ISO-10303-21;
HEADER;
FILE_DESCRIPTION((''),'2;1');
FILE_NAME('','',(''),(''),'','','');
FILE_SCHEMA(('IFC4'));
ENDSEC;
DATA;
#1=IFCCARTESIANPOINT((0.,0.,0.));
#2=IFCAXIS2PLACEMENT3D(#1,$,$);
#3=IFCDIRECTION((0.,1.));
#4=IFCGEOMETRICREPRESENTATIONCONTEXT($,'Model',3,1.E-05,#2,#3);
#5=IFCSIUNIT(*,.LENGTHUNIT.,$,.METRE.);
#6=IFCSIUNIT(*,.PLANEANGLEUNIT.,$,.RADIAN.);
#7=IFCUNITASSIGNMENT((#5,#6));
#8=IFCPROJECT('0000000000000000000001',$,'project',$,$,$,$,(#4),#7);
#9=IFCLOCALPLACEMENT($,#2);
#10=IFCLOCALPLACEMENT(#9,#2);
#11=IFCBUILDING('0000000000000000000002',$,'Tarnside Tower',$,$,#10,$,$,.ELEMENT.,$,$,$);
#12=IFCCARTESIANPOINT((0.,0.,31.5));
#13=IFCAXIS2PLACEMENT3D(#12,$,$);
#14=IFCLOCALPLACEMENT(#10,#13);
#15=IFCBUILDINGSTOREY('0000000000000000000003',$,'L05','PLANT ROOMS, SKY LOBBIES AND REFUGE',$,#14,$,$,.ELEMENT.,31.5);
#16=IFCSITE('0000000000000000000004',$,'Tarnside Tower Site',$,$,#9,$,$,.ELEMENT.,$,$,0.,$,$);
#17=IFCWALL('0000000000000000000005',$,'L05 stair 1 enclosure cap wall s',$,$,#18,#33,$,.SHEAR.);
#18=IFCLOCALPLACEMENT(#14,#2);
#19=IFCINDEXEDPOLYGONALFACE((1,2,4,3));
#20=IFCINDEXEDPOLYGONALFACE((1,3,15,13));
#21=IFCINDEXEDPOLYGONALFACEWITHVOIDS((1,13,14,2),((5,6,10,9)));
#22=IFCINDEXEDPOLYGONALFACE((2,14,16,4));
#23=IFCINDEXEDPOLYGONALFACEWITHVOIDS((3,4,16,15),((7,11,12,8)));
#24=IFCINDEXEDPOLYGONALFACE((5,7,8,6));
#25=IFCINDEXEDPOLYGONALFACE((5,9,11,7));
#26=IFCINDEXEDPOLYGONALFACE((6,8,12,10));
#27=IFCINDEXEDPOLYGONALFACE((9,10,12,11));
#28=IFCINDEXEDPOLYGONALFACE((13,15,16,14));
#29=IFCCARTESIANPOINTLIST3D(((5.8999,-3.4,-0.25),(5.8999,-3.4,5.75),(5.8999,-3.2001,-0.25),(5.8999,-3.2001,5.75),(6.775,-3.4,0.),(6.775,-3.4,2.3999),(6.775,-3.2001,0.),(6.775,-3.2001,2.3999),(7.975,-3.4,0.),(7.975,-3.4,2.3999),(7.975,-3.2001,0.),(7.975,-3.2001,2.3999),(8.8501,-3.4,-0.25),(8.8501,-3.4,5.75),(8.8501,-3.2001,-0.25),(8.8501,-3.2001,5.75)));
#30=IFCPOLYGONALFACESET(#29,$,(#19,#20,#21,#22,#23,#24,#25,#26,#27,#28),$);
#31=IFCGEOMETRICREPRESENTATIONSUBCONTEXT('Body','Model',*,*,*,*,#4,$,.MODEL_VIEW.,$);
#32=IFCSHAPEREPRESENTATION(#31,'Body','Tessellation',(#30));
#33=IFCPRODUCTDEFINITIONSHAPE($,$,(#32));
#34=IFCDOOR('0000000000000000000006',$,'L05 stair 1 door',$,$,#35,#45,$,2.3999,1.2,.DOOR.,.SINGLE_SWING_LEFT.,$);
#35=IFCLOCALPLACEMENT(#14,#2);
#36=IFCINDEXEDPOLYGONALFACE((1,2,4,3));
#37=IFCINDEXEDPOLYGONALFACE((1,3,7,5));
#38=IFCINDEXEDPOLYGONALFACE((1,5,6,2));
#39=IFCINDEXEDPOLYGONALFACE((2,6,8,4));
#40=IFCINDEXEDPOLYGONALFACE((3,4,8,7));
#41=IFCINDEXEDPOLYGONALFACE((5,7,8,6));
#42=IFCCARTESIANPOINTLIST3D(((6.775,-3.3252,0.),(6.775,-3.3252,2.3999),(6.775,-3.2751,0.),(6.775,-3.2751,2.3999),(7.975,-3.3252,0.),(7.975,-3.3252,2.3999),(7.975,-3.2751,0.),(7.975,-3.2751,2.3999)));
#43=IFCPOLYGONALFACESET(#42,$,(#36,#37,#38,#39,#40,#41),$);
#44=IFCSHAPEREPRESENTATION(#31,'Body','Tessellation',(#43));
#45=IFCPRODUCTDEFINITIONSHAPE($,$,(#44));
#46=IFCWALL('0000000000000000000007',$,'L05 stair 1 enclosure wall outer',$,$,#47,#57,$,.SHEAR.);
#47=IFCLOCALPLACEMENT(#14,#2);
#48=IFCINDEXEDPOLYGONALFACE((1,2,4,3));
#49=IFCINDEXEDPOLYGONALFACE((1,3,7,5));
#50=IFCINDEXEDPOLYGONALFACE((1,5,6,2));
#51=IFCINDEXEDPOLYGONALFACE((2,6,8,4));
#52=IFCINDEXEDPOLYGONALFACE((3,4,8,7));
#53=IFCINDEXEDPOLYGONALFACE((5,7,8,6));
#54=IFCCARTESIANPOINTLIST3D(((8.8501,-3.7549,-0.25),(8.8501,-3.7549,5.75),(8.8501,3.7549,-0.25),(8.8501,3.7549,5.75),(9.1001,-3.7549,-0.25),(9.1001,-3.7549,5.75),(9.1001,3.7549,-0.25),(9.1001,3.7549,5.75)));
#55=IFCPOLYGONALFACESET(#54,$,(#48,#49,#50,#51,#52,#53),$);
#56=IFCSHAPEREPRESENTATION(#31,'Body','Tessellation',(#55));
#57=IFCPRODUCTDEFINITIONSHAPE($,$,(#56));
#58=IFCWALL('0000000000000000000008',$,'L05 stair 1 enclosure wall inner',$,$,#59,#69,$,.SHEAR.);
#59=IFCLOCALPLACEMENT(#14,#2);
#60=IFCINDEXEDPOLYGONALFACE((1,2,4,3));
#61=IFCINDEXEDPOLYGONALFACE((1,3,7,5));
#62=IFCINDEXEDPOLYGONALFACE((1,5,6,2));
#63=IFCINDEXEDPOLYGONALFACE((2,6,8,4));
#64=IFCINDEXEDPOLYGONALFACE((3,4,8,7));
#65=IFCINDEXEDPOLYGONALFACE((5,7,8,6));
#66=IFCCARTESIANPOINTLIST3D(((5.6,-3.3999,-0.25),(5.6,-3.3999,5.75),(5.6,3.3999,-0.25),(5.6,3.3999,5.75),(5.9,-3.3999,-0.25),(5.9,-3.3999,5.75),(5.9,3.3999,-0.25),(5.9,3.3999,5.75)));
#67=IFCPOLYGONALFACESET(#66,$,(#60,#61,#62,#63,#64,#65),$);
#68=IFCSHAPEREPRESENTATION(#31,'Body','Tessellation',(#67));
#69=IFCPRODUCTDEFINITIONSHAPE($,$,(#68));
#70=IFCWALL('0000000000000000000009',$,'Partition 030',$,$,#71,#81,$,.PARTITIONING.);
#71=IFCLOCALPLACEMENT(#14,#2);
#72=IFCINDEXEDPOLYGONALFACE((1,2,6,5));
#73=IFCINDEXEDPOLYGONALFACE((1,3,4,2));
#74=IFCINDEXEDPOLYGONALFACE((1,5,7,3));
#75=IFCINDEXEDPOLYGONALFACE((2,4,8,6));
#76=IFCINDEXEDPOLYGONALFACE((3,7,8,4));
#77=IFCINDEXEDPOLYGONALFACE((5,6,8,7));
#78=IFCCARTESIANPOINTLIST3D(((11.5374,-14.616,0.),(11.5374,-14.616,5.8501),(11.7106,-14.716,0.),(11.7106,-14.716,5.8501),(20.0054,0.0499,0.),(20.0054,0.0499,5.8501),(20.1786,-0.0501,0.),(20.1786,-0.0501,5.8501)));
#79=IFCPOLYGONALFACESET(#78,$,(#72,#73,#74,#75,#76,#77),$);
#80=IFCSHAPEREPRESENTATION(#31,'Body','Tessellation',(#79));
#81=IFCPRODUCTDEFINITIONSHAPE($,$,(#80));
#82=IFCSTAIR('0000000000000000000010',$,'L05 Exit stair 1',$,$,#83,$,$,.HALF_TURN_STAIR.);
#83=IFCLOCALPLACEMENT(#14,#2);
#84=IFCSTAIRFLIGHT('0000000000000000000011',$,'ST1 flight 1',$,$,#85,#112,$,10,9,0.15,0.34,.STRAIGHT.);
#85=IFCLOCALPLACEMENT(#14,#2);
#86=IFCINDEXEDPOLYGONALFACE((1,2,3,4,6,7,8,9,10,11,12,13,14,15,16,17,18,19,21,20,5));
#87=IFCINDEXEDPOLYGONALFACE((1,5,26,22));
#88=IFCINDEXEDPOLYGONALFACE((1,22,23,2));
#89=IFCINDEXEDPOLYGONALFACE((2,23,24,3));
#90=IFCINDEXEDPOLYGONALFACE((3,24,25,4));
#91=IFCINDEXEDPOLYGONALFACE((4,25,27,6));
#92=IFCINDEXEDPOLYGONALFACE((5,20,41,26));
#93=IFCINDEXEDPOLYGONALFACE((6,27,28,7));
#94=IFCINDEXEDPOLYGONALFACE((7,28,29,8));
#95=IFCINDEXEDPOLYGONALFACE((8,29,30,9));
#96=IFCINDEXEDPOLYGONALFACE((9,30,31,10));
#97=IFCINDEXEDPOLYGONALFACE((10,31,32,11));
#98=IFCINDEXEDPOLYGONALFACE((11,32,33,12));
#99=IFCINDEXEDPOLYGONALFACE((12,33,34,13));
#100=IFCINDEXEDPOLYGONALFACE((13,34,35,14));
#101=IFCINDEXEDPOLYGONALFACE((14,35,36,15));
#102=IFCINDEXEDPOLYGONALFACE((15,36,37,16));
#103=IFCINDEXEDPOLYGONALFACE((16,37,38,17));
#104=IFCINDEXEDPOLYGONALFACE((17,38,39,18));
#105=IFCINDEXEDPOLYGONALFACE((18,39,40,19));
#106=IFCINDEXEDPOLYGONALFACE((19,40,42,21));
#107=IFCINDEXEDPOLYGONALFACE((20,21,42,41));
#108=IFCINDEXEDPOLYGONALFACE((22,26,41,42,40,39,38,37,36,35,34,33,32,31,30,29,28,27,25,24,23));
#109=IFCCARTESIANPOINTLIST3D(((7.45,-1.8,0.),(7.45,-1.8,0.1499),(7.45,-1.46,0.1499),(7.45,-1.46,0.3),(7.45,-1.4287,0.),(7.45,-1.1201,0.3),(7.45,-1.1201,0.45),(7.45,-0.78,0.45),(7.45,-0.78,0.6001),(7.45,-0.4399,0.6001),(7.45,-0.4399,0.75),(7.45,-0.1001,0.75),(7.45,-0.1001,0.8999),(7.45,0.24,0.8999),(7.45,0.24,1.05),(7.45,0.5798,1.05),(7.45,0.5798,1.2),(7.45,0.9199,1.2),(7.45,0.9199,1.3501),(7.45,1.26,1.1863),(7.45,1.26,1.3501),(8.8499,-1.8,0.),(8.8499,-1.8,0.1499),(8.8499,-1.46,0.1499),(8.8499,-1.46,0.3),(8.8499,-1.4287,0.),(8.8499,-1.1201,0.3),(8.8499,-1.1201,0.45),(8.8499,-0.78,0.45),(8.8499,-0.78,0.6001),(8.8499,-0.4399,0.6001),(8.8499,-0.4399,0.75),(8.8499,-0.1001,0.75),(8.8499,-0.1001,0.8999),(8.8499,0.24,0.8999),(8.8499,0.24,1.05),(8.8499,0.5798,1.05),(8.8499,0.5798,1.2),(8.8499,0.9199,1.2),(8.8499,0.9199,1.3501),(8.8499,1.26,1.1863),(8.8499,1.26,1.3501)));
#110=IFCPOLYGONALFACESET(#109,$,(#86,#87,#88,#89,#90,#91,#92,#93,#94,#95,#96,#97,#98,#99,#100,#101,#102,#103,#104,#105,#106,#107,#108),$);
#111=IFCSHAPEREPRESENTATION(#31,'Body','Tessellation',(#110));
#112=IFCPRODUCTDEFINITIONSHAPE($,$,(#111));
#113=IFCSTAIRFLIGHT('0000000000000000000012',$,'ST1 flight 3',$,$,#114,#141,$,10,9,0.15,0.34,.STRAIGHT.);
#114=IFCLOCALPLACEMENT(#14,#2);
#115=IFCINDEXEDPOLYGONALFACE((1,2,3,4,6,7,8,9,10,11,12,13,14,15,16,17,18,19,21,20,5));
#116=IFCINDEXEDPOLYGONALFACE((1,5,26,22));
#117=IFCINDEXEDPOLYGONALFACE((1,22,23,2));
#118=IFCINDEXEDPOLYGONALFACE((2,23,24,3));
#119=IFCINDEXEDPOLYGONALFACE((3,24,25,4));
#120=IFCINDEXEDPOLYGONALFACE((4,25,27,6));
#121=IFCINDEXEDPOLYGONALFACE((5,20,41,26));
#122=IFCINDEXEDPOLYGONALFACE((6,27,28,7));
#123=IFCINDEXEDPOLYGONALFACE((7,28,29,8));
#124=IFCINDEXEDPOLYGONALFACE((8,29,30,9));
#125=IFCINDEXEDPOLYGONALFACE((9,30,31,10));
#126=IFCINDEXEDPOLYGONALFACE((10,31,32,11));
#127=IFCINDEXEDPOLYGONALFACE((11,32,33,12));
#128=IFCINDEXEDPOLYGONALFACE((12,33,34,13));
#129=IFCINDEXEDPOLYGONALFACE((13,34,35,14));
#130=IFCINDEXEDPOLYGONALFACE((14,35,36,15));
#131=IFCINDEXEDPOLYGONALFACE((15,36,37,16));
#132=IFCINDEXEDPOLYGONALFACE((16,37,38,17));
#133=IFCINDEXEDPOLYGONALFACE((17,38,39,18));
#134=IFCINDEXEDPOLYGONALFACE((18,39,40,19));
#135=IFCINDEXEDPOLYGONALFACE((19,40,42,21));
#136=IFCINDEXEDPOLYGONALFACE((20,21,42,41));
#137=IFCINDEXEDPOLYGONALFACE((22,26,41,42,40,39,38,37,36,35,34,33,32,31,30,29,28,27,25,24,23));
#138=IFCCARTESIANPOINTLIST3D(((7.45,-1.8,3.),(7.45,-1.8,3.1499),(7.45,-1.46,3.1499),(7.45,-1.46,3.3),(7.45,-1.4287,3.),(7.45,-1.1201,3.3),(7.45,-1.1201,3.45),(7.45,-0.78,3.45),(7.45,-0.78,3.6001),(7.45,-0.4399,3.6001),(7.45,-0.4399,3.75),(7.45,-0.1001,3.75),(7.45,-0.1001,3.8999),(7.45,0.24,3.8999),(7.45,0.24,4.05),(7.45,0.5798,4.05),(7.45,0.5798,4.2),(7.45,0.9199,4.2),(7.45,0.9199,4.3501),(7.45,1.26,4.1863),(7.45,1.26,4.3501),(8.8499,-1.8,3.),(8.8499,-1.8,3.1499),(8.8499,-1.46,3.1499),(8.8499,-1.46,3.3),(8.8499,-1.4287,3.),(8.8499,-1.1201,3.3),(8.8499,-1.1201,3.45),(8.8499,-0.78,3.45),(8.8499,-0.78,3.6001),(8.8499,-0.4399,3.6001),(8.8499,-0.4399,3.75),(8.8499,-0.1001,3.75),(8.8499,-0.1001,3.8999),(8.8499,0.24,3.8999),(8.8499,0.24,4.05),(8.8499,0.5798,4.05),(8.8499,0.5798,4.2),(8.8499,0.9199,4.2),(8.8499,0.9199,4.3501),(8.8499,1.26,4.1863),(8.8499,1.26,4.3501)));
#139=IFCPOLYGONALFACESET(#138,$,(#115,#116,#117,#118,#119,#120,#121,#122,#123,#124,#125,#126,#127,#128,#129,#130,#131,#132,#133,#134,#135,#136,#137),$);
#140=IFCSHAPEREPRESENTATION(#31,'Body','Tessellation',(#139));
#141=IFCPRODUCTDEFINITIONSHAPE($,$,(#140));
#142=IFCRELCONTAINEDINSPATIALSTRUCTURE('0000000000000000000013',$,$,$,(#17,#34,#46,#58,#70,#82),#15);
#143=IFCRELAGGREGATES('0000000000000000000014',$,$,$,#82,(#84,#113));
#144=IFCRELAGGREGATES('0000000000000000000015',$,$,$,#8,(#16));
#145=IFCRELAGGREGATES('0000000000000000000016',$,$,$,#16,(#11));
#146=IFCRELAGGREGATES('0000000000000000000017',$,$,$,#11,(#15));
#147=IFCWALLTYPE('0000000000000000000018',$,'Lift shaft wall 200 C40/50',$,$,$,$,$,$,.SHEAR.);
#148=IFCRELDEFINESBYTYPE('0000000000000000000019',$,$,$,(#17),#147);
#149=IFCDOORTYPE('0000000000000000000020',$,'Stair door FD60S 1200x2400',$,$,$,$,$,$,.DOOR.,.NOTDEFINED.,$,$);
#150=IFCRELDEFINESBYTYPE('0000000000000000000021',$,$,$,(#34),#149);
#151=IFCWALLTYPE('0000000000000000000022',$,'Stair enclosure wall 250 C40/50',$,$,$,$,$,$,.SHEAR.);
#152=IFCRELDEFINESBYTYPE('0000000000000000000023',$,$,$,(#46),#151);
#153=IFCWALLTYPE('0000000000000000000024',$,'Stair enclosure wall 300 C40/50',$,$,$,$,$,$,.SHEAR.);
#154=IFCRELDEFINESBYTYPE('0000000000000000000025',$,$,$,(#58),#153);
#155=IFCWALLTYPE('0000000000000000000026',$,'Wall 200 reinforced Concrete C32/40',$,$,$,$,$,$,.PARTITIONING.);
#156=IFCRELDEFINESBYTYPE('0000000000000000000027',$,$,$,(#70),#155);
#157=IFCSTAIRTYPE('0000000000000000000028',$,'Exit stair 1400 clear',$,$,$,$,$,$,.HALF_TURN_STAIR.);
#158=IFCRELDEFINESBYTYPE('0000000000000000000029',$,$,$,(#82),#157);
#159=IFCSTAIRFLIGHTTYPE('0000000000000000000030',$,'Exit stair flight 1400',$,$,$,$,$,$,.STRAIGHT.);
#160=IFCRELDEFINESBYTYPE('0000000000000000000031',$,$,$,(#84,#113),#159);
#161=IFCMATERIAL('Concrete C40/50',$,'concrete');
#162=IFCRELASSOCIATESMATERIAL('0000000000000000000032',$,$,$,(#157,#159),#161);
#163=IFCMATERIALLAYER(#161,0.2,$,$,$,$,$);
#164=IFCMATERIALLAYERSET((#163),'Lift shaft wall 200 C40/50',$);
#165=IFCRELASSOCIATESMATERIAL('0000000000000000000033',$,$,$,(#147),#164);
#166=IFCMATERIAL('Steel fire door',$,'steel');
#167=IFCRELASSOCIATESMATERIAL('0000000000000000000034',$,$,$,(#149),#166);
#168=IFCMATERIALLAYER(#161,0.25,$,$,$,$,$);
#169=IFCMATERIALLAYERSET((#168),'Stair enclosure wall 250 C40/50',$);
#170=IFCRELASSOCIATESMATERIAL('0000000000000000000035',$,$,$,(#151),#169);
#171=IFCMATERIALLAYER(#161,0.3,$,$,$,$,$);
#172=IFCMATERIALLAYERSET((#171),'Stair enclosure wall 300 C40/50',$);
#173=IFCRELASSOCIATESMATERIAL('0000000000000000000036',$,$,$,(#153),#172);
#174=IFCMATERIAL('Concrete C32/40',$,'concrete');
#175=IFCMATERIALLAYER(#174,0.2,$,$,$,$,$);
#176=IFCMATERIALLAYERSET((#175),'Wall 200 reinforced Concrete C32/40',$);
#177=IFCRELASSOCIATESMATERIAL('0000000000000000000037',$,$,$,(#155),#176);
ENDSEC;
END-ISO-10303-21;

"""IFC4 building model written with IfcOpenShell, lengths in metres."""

from ifc_helpers import new_model, si_unit, direction, frame, frame_2d, origin, place, context, subcontext, project, spatial, polyline, rectangle, outline, extrude, material, layer, layer_set, type_object, element, fill, aggregate, save


model = new_model("IFC4")

# Units and contexts
model_context = context("Model", 3, precision=1e-05, world=origin(), true_north=direction((0.0, 1.0)))
body_context = subcontext(model_context, "Body", "Model", "MODEL_VIEW")
ifc_project = project(units=[si_unit("LENGTHUNIT", "METRE"), si_unit("PLANEANGLEUNIT", "RADIAN")], contexts=[model_context])

# Site, building, storey
site_placement = place(None, origin())
site = spatial("IfcSite", under=ifc_project, at=site_placement, Name="Tarnside Tower Site", CompositionType="ELEMENT", RefElevation=0.0)
building_placement = place(site_placement, origin())
building = spatial("IfcBuilding", under=site, at=building_placement, Name="Tarnside Tower", CompositionType="ELEMENT")
storey_placement = place(building_placement, frame((0.0, 0.0, 31.5)))
storey = spatial("IfcBuildingStorey", under=building, at=storey_placement, Name="L05", Description="PLANT ROOMS, SKY LOBBIES AND REFUGE", CompositionType="ELEMENT", Elevation=31.5)

# Shared definitions
ifc_material_1 = material(Name="Concrete C40/50", Category="concrete")

# Shared definitions
stair_type = type_object("IfcStairType", Name="Exit stair 1400 clear", PredefinedType="HALF_TURN_STAIR", material=ifc_material_1)

# Shared definitions
ifc_material_2 = material(Name="Steel fire door", Category="steel")

# Shared definitions
ifc_layer_1 = layer(ifc_material_1, 0.2)
ifc_layer_set_1 = layer_set([ifc_layer_1], Name="Lift shaft wall 200 C40/50")
wall_type_1 = type_object("IfcWallType", Name="Lift shaft wall 200 C40/50", PredefinedType="SHEAR", material=ifc_layer_set_1)

# Wall, opening, door
wall_1_placement = place(storey_placement, frame((5.8999, -3.3, -0.25), z_axis=(0.0, 0.0, 1.0), x_axis=(1.0, 0.0, 0.0)))
wall_1 = element("IfcWall", 1, at=wall_1_placement, inside=storey, type_object=wall_type_1, Name="L05 stair 1 enclosure cap wall s", PredefinedType="SHEAR", context=body_context, shape_type="SweptSolid", body=[
    extrude(rectangle(XDim=2.9502, YDim=0.2, at=frame_2d((1.4751, 0.0))), origin(), (0.0, 0.0, 1.0), 6.0),
])
opening_1_placement = place(wall_1_placement, frame((0.875, 0.0, 0.25)))
opening_1 = element("IfcOpeningElement", 2, at=opening_1_placement, cuts=wall_1, PredefinedType="OPENING", context=body_context, shape_type="SweptSolid", body=[
    extrude(rectangle(XDim=1.2, YDim=2.3999, at=frame_2d((0.6001, 1.2))), frame((0.0, 0.1099, 0.0), z_axis=(0.0, -1.0, 0.0), x_axis=(1.0, 0.0, 0.0)), (0.0, 0.0, 1.0), 0.22),
])
door_type_1 = type_object("IfcDoorType", Name="Stair door FD60S 1200x2400", OperationType="NOTDEFINED", PredefinedType="DOOR", material=ifc_material_2)
door_1_placement = place(opening_1_placement, origin())
door_1 = element("IfcDoor", 3, at=door_1_placement, inside=storey, type_object=door_type_1, Name="L05 stair 1 door", OperationType="SINGLE_SWING_LEFT", OverallHeight=2.3999, OverallWidth=1.2, PredefinedType="DOOR", context=body_context, shape_type="SweptSolid", body=[
    extrude(rectangle(XDim=1.2, YDim=2.3999, at=frame_2d((0.6001, 1.2))), frame((0.0, 0.0249, 0.0), z_axis=(0.0, -1.0, 0.0), x_axis=(1.0, 0.0, 0.0)), (0.0, 0.0, 1.0), 0.05),
])
fill(opening_1, door_1)

# Walls
ifc_layer_2 = layer(ifc_material_1, 0.25)
ifc_layer_set_2 = layer_set([ifc_layer_2], Name="Stair enclosure wall 250 C40/50")
wall_type_2 = type_object("IfcWallType", Name="Stair enclosure wall 250 C40/50", PredefinedType="SHEAR", material=ifc_layer_set_2)
wall_2_placement = place(storey_placement, frame((8.9751, -3.7549, -0.25), z_axis=(0.0, 0.0, 1.0), x_axis=(0.0, 1.0, 0.0)))
element("IfcWall", 4, at=wall_2_placement, inside=storey, type_object=wall_type_2, Name="L05 stair 1 enclosure wall outer", PredefinedType="SHEAR", context=body_context, shape_type="SweptSolid", body=[
    extrude(rectangle(XDim=7.5098, YDim=0.25, at=frame_2d((3.7549, 0.0))), origin(), (0.0, 0.0, 1.0), 6.0),
])
ifc_layer_3 = layer(ifc_material_1, 0.3)
ifc_layer_set_3 = layer_set([ifc_layer_3], Name="Stair enclosure wall 300 C40/50")
wall_type_3 = type_object("IfcWallType", Name="Stair enclosure wall 300 C40/50", PredefinedType="SHEAR", material=ifc_layer_set_3)
wall_3_placement = place(storey_placement, frame((5.75, -3.3999, -0.25), z_axis=(0.0, 0.0, 1.0), x_axis=(0.0, 1.0, 0.0)))
element("IfcWall", 5, at=wall_3_placement, inside=storey, type_object=wall_type_3, Name="L05 stair 1 enclosure wall inner", PredefinedType="SHEAR", context=body_context, shape_type="SweptSolid", body=[
    extrude(rectangle(XDim=6.7998, YDim=0.3, at=frame_2d((3.3999, 0.0))), origin(), (0.0, 0.0, 1.0), 6.0),
])
ifc_material_3 = material(Name="Concrete C32/40", Category="concrete")
ifc_layer_4 = layer(ifc_material_3, 0.2)
ifc_layer_set_4 = layer_set([ifc_layer_4], Name="Wall 200 reinforced Concrete C32/40")
wall_type_4 = type_object("IfcWallType", Name="Wall 200 reinforced Concrete C32/40", PredefinedType="PARTITIONING", material=ifc_layer_set_4)
wall_4_placement = place(storey_placement, frame((11.624, -14.666, 0.0), z_axis=(0.0, 0.0, 1.0), x_axis=(0.500026, 0.86601, 0.0)))
element("IfcWall", 6, at=wall_4_placement, inside=storey, type_object=wall_type_4, Name="Partition 030", PredefinedType="PARTITIONING", context=body_context, shape_type="SweptSolid", body=[
    extrude(rectangle(XDim=16.9351, YDim=0.2, at=frame_2d((8.4675, 0.0))), origin(), (0.0, 0.0, 1.0), 5.8501),
])

# Stair, stair flights
stair_1_placement = place(storey_placement, origin())
stair_1 = element("IfcStair", 7, at=stair_1_placement, inside=storey, type_object=stair_type, Name="L05 Exit stair 1", PredefinedType="HALF_TURN_STAIR")
stair_flight_type = type_object("IfcStairFlightType", Name="Exit stair flight 1400", PredefinedType="STRAIGHT", material=ifc_material_1)
stair_flight_1_placement = place(storey_placement, frame((8.1499, -1.8, 0.0), z_axis=(0.0, 0.0, 1.0), x_axis=(0.0, 1.0, 0.0)))
stair_flight_1 = element("IfcStairFlight", 8, at=stair_flight_1_placement, type_object=stair_flight_type, Name="ST1 flight 1", NumberOfRisers=10, NumberOfTreads=9, PredefinedType="STRAIGHT", RiserHeight=0.15, TreadLength=0.34, context=body_context, shape_type="SweptSolid", body=[
    extrude(outline(polyline([(0.0, 0.0), (0.0, 0.1499), (0.3401, 0.1499), (0.3401, 0.3), (0.6799, 0.3), (0.6799, 0.45), (1.02, 0.45), (1.02, 0.6001), (1.3601, 0.6001), (1.3601, 0.75), (1.7, 0.75), (1.7, 0.8999), (2.04, 0.8999), (2.04, 1.05), (2.3799, 1.05), (2.3799, 1.2), (2.72, 1.2), (2.72, 1.3501), (3.0601, 1.3501), (3.0601, 1.5), (3.0601, 1.1863), (0.3713, 0.0), (0.0, 0.0)])), frame((0.0, 0.7, 0.0), z_axis=(0.0, -1.0, 0.0), x_axis=(1.0, 0.0, 0.0)), (0.0, 0.0, 1.0), 1.3999),
])
stair_flight_2_placement = place(storey_placement, frame((8.1499, -1.8, 3.0), z_axis=(0.0, 0.0, 1.0), x_axis=(0.0, 1.0, 0.0)))
stair_flight_2 = element("IfcStairFlight", 9, at=stair_flight_2_placement, type_object=stair_flight_type, Name="ST1 flight 3", NumberOfRisers=10, NumberOfTreads=9, PredefinedType="STRAIGHT", RiserHeight=0.15, TreadLength=0.34, context=body_context, shape_type="SweptSolid", body=[
    extrude(outline(polyline([(0.0, 0.0), (0.0, 0.1499), (0.3401, 0.1499), (0.3401, 0.3), (0.6799, 0.3), (0.6799, 0.45), (1.02, 0.45), (1.02, 0.6001), (1.3601, 0.6001), (1.3601, 0.75), (1.7, 0.75), (1.7, 0.8999), (2.04, 0.8999), (2.04, 1.05), (2.3799, 1.05), (2.3799, 1.2), (2.72, 1.2), (2.72, 1.3501), (3.0601, 1.3501), (3.0601, 1.5), (3.0601, 1.1863), (0.3713, 0.0), (0.0, 0.0)])), frame((0.0, 0.7, 0.0), z_axis=(0.0, -1.0, 0.0), x_axis=(1.0, 0.0, 0.0)), (0.0, 0.0, 1.0), 1.3999),
])
aggregate(stair_1, [stair_flight_1, stair_flight_2])

save(model, "model.ifc")
